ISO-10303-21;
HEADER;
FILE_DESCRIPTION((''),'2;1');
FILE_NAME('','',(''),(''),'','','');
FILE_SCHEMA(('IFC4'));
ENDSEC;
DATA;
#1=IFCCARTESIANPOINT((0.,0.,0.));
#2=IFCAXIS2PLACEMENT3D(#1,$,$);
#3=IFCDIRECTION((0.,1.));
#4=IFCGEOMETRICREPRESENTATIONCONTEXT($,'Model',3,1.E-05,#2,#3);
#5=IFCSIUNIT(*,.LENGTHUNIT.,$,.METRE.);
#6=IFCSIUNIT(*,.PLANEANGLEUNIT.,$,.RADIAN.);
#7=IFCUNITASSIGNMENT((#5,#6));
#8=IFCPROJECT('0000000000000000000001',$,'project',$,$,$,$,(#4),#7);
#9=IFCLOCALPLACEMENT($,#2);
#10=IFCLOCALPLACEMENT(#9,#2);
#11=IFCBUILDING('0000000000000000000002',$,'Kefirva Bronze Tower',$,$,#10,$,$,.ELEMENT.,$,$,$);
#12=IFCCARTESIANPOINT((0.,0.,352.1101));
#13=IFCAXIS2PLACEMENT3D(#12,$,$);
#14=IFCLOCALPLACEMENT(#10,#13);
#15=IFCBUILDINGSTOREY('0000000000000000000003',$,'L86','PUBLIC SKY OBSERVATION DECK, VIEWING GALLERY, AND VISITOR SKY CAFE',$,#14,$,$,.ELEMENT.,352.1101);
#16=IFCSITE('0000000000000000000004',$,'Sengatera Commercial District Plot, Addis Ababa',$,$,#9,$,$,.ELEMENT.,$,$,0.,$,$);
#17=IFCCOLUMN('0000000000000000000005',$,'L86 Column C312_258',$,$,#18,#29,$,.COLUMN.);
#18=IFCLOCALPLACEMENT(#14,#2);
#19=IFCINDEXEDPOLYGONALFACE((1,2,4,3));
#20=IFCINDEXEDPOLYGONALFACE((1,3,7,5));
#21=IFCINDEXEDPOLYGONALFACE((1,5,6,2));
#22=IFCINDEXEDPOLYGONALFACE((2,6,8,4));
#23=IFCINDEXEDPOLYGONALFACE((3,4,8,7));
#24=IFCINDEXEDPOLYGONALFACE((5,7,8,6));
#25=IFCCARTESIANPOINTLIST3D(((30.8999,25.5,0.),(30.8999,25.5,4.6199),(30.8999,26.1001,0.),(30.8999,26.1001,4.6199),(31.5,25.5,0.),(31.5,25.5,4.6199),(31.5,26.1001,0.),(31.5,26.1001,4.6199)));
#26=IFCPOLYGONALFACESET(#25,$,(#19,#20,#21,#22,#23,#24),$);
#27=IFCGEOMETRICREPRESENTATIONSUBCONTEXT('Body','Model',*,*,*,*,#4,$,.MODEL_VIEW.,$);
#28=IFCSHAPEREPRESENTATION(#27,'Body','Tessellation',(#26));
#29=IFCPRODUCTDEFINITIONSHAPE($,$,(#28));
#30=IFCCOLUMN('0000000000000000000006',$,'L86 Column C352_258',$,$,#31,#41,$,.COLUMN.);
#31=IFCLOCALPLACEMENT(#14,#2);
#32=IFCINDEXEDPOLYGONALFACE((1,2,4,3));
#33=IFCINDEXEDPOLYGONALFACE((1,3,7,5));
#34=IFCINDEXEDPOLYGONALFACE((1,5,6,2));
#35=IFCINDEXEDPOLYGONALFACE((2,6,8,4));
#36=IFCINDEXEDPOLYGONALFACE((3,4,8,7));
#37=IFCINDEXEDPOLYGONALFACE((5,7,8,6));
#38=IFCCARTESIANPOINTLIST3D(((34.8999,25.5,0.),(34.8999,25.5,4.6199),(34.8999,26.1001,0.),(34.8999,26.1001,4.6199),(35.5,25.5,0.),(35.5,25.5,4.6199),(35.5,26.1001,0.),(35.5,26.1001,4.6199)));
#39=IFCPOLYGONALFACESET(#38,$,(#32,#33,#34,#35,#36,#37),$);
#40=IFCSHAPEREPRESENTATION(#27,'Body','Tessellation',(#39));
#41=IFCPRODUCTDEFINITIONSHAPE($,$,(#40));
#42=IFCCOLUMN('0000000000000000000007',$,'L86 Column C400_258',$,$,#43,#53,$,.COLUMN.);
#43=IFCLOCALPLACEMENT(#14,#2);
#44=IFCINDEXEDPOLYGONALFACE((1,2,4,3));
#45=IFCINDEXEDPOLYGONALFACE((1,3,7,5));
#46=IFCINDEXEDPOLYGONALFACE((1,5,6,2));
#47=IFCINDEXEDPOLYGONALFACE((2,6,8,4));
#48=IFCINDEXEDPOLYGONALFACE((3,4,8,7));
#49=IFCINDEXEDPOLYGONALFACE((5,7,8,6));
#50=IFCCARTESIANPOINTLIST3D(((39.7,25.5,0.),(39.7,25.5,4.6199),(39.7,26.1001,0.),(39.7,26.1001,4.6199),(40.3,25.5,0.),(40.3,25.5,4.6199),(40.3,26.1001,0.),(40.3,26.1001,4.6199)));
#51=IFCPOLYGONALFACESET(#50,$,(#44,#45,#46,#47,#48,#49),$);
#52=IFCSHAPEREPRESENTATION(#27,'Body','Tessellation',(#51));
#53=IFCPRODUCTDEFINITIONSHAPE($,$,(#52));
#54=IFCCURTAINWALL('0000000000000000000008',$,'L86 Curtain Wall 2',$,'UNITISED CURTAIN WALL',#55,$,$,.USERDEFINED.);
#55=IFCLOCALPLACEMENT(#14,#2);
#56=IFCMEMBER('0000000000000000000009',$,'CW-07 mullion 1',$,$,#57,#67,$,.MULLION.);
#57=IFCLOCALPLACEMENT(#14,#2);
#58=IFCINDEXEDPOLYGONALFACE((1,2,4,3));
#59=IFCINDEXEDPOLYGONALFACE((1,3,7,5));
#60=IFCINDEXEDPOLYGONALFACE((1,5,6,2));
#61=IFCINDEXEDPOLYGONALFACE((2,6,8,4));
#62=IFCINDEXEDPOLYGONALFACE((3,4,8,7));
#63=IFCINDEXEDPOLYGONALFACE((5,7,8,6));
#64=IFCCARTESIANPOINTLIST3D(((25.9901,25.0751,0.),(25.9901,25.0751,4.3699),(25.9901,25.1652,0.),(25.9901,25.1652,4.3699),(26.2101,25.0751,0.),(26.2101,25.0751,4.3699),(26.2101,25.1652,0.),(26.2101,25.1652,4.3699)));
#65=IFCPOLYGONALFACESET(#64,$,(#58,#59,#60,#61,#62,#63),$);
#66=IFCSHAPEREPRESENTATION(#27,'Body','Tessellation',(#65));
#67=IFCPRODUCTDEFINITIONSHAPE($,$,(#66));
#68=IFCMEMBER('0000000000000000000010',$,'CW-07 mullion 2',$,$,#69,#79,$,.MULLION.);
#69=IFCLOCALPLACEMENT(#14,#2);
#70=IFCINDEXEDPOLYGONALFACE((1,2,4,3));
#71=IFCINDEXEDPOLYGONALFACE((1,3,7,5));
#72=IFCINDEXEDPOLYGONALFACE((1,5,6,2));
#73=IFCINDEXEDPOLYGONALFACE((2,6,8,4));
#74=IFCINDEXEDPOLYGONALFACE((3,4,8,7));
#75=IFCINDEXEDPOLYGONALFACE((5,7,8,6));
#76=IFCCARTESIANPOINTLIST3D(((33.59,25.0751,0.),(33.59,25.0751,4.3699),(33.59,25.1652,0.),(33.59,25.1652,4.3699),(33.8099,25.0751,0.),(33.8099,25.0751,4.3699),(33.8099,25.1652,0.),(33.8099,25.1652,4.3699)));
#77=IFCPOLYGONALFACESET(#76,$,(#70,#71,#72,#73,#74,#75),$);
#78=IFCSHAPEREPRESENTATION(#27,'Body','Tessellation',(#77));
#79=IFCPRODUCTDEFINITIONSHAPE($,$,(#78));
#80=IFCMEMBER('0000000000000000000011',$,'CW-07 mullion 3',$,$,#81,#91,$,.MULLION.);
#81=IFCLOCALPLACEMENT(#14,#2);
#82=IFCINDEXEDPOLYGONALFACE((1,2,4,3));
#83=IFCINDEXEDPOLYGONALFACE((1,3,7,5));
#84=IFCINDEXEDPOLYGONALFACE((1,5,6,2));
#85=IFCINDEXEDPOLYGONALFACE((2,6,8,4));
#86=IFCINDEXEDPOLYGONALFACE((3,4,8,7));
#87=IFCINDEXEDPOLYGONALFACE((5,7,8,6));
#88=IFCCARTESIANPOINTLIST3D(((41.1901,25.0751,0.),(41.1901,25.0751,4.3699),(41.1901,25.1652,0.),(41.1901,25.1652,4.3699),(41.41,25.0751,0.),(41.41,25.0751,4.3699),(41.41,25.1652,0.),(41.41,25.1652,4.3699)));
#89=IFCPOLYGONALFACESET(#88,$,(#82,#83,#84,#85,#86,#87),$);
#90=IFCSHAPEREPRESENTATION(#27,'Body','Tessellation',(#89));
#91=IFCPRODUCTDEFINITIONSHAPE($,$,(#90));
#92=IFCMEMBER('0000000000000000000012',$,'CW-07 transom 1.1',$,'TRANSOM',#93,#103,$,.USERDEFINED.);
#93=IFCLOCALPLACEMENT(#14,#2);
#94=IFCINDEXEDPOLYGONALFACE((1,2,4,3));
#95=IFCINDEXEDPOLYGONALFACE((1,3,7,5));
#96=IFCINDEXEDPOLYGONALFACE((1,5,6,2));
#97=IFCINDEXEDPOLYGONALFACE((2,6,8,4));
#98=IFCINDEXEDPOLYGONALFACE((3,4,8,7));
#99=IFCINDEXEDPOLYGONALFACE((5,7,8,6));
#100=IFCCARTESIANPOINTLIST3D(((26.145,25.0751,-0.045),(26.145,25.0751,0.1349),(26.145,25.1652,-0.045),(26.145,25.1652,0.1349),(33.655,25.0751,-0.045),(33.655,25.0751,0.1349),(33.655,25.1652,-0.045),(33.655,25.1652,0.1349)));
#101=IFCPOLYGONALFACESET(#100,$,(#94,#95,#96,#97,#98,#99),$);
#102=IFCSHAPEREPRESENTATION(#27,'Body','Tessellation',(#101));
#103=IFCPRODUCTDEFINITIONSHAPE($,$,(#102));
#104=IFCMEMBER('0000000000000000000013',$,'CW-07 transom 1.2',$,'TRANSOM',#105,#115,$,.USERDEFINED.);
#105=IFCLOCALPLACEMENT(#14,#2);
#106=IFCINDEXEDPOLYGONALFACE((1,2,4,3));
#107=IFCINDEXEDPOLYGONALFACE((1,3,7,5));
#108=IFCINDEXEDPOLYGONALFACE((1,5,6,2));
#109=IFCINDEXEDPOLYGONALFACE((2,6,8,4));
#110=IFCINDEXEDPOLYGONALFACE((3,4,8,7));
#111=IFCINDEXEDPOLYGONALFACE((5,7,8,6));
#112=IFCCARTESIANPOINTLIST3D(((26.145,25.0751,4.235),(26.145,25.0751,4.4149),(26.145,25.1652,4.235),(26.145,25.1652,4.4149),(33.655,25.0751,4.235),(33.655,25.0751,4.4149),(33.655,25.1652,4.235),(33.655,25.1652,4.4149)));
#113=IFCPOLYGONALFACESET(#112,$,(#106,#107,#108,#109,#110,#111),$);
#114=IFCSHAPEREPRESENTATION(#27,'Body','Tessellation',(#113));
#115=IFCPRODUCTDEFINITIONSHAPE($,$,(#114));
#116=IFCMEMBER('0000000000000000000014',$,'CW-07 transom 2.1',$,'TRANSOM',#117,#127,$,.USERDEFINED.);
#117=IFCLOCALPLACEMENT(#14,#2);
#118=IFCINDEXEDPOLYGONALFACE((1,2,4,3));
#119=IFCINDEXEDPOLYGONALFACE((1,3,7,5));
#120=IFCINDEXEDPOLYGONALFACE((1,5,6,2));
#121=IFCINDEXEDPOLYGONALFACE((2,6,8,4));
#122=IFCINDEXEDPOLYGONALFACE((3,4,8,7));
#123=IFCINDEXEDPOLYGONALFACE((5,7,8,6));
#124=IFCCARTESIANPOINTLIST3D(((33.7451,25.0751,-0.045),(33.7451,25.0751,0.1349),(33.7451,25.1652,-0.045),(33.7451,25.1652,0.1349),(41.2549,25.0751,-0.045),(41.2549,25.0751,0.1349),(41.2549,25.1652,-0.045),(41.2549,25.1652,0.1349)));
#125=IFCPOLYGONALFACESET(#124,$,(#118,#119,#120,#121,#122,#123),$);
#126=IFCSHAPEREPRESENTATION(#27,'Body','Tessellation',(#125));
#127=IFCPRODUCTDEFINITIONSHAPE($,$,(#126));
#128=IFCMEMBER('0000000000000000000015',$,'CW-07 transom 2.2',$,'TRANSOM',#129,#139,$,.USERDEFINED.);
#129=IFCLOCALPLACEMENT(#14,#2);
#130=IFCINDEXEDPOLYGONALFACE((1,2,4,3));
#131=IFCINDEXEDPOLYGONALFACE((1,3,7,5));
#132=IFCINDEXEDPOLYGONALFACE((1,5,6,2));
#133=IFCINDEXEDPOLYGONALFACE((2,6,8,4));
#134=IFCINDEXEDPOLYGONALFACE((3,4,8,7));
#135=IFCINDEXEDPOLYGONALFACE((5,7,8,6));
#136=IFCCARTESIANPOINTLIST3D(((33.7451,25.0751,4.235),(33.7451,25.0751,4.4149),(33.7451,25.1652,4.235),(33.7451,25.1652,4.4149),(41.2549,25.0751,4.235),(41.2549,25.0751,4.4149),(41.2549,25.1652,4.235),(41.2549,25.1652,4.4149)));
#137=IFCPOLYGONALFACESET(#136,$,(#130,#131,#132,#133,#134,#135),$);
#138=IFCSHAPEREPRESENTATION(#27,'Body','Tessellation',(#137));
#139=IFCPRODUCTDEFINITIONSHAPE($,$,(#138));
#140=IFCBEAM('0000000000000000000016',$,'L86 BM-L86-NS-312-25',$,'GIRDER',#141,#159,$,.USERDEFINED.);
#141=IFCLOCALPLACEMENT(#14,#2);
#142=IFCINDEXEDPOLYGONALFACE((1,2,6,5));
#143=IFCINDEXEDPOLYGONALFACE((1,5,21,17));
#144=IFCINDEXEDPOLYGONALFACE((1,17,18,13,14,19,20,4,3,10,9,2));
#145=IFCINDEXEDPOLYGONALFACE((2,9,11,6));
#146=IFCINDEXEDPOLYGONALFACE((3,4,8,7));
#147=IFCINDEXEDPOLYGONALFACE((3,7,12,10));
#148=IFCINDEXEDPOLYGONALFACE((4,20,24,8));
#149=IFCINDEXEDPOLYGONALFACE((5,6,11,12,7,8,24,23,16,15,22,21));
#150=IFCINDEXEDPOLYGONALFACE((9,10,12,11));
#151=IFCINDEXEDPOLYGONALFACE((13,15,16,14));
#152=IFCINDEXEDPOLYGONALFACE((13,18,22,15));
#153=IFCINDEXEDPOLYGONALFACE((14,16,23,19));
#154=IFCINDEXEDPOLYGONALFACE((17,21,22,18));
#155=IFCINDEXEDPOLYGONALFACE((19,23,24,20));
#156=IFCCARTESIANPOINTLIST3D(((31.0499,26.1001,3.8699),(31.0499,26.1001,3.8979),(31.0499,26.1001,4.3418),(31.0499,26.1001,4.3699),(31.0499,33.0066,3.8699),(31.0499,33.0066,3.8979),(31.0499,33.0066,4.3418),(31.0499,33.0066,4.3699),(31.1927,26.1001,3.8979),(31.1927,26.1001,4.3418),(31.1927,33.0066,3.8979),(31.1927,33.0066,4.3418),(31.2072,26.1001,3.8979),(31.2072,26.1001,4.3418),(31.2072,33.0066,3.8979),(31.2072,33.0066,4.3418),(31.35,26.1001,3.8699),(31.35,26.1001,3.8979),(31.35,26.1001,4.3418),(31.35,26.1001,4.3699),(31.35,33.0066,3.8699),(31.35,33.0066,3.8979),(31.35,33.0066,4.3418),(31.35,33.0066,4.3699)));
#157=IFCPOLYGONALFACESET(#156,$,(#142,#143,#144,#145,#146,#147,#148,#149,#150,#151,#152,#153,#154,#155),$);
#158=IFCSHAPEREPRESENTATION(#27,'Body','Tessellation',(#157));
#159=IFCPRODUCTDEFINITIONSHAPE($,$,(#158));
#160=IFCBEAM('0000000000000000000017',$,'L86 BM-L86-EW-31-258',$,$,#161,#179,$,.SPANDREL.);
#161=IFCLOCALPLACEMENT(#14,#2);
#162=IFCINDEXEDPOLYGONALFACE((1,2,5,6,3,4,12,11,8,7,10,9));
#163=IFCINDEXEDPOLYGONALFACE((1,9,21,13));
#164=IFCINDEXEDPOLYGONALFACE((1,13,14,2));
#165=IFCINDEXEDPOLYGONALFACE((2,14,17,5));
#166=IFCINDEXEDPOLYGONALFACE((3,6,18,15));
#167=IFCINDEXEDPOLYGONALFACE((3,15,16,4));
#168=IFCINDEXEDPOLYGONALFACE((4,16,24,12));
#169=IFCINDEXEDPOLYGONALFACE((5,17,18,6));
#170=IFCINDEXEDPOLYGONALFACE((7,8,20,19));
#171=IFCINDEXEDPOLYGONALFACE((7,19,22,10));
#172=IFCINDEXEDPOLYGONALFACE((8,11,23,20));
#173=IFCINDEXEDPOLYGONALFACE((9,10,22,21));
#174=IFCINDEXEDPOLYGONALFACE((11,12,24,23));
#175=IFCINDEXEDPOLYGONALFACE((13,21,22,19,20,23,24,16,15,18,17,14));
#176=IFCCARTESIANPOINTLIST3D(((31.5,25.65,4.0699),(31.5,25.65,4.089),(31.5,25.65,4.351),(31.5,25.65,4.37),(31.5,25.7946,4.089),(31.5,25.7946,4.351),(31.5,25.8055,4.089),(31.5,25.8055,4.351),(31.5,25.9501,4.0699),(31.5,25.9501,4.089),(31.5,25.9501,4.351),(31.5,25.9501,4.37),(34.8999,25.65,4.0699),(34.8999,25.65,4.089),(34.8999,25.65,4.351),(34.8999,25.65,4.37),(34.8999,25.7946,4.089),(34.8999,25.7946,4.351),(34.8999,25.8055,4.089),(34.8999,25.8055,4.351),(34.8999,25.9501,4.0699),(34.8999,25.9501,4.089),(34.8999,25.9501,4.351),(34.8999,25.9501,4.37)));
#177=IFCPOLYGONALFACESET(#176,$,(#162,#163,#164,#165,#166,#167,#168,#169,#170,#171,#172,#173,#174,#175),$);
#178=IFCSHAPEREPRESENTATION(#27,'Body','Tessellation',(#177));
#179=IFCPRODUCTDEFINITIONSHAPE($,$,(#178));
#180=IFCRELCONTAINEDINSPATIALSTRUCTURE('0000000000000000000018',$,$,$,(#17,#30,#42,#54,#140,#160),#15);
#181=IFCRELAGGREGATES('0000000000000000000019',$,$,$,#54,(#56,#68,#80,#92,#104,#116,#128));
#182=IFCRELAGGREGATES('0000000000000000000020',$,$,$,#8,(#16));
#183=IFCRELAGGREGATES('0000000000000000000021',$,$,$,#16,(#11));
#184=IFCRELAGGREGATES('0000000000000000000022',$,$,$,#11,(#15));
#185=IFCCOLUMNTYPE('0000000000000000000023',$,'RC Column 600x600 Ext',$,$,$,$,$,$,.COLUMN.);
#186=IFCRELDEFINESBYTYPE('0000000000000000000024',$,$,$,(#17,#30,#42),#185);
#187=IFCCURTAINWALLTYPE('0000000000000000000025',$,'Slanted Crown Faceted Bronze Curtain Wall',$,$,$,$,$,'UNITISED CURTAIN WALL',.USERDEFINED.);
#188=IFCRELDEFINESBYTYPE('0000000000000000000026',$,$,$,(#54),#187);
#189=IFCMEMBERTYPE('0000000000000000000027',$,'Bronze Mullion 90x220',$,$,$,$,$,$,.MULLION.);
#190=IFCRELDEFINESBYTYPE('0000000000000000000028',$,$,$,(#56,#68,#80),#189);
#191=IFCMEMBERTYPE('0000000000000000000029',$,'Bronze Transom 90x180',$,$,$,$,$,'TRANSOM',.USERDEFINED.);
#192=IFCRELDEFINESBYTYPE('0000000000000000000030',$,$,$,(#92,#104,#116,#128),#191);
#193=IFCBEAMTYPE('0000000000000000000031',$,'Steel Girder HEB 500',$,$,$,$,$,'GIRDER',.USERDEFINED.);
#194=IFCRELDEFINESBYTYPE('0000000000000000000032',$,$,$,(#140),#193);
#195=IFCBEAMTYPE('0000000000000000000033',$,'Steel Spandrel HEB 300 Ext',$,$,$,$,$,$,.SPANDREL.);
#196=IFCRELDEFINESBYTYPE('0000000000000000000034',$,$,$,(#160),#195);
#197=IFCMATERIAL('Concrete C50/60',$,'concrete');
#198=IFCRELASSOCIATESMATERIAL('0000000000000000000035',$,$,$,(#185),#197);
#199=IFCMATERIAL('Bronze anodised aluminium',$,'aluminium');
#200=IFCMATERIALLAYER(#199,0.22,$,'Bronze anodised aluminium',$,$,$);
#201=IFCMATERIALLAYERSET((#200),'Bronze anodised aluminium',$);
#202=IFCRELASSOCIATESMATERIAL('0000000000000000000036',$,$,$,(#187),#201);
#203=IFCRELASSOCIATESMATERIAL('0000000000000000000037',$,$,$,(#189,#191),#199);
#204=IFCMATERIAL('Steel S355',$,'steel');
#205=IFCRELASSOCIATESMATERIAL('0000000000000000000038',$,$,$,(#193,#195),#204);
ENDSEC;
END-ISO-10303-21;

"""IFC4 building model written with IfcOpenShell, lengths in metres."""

from ifc_helpers import new_model, si_unit, direction, frame, origin, origin_2d, place, context, subcontext, project, spatial, rectangle, i_section, extrude, material, layer, layer_set, material_profile, profile_set, type_object, element, aggregate, save


model = new_model("IFC4")

# Units and contexts
model_context = context("Model", 3, precision=1e-05, world=origin(), true_north=direction((0.0, 1.0)))
body_context = subcontext(model_context, "Body", "Model", "MODEL_VIEW")
ifc_project = project(units=[si_unit("LENGTHUNIT", "METRE"), si_unit("PLANEANGLEUNIT", "RADIAN")], contexts=[model_context])

# Site, building, storey
site_placement = place(None, origin())
site = spatial("IfcSite", under=ifc_project, at=site_placement, Name="Sengatera Commercial District Plot, Addis Ababa", CompositionType="ELEMENT", RefElevation=0.0)
building_placement = place(site_placement, origin())
building = spatial("IfcBuilding", under=site, at=building_placement, Name="Kefirva Bronze Tower", CompositionType="ELEMENT")
storey_placement = place(building_placement, frame((0.0, 0.0, 352.1101)))
storey = spatial("IfcBuildingStorey", under=building, at=storey_placement, Name="L86", Description="PUBLIC SKY OBSERVATION DECK, VIEWING GALLERY, AND VISITOR SKY CAFE", CompositionType="ELEMENT", Elevation=352.1101)

# Columns
ifc_material_1 = material(Name="Concrete C50/60", Category="concrete")
ifc_material_profile_1 = material_profile(ifc_material_1, rectangle(XDim=0.6001, YDim=0.6001, at=origin_2d()), Name="RC 600x600")
ifc_profile_set_1 = profile_set([ifc_material_profile_1], Name="Concrete C50/60")
column_type = type_object("IfcColumnType", Name="RC Column 600x600 Ext", PredefinedType="COLUMN", material=ifc_profile_set_1)
for number, where, z_axis, x_axis, name in (
    (1, (31.2, 25.8, 0.0), (0.0, 0.0, 1.0), (1.0, 0.0, 0.0), "L86 Column C312_258"),
    (2, (35.2, 25.8, 0.0), (0.0, 0.0, 1.0), (1.0, 0.0, 0.0), "L86 Column C352_258"),
    (3, (40.0, 25.8, 0.0), (0.0, 0.0, 1.0), (1.0, 0.0, 0.0), "L86 Column C400_258"),
):
    element("IfcColumn", number, at=place(storey_placement, frame(where, z_axis=z_axis, x_axis=x_axis)), inside=storey, type_object=column_type, Name=name, PredefinedType="COLUMN", context=body_context, shape_type="SweptSolid", body=[
        extrude(rectangle(XDim=0.6001, YDim=0.6001, at=origin_2d()), origin(), (0.0, 0.0, 1.0), 4.6199),
    ])

# Curtain wall, members
ifc_material_2 = material(Name="Bronze anodised aluminium", Category="aluminium")
ifc_layer_1 = layer(ifc_material_2, 0.22, Name="Bronze anodised aluminium")
ifc_layer_set_1 = layer_set([ifc_layer_1], Name="Bronze anodised aluminium")
curtain_wall_type = type_object("IfcCurtainWallType", Name="Slanted Crown Faceted Bronze Curtain Wall", ElementType="UNITISED CURTAIN WALL", PredefinedType="USERDEFINED", material=ifc_layer_set_1)
curtain_wall_placement = place(storey_placement, origin())
curtain_wall = element("IfcCurtainWall", 4, at=curtain_wall_placement, inside=storey, type_object=curtain_wall_type, Name="L86 Curtain Wall 2", ObjectType="UNITISED CURTAIN WALL", PredefinedType="USERDEFINED")
ifc_material_profile_2 = material_profile(ifc_material_2, rectangle(XDim=0.0901, YDim=0.22, at=origin_2d()), Name="ALU 90x220")
ifc_profile_set_2 = profile_set([ifc_material_profile_2], Name="Bronze anodised aluminium")
member_type_1 = type_object("IfcMemberType", Name="Bronze Mullion 90x220", PredefinedType="MULLION", material=ifc_profile_set_2)
member_1_placement = place(storey_placement, frame((26.1001, 25.1201, 0.0), z_axis=(0.0, 0.0, 1.0), x_axis=(0.0, 1.0, 0.0)))
member_1 = element("IfcMember", 5, at=member_1_placement, type_object=member_type_1, Name="CW-07 mullion 1", PredefinedType="MULLION", context=body_context, shape_type="SweptSolid", body=[
    extrude(rectangle(XDim=0.0901, YDim=0.22, at=origin_2d()), origin(), (0.0, 0.0, 1.0), 4.3699),
])
member_2_placement = place(storey_placement, frame((33.7, 25.1201, 0.0), z_axis=(0.0, 0.0, 1.0), x_axis=(0.0, 1.0, 0.0)))
member_2 = element("IfcMember", 6, at=member_2_placement, type_object=member_type_1, Name="CW-07 mullion 2", PredefinedType="MULLION", context=body_context, shape_type="SweptSolid", body=[
    extrude(rectangle(XDim=0.0901, YDim=0.22, at=origin_2d()), origin(), (0.0, 0.0, 1.0), 4.3699),
])
member_3_placement = place(storey_placement, frame((41.3, 25.1201, 0.0), z_axis=(0.0, 0.0, 1.0), x_axis=(0.0, 1.0, 0.0)))
member_3 = element("IfcMember", 7, at=member_3_placement, type_object=member_type_1, Name="CW-07 mullion 3", PredefinedType="MULLION", context=body_context, shape_type="SweptSolid", body=[
    extrude(rectangle(XDim=0.0901, YDim=0.22, at=origin_2d()), origin(), (0.0, 0.0, 1.0), 4.3699),
])
ifc_material_profile_3 = material_profile(ifc_material_2, rectangle(XDim=0.0901, YDim=0.1799, at=origin_2d()), Name="ALU 90x180")
ifc_profile_set_3 = profile_set([ifc_material_profile_3], Name="Bronze anodised aluminium")
member_type_2 = type_object("IfcMemberType", Name="Bronze Transom 90x180", ElementType="TRANSOM", PredefinedType="USERDEFINED", material=ifc_profile_set_3)
member_4_placement = place(storey_placement, frame((26.145, 25.1201, 0.0449), z_axis=(1.0, 0.0, 0.0), x_axis=(0.0, 1.0, 0.0)))
member_4 = element("IfcMember", 8, at=member_4_placement, type_object=member_type_2, Name="CW-07 transom 1.1", ObjectType="TRANSOM", PredefinedType="USERDEFINED", context=body_context, shape_type="SweptSolid", body=[
    extrude(rectangle(XDim=0.0901, YDim=0.1799, at=origin_2d()), origin(), (0.0, 0.0, 1.0), 7.51),
])
member_5_placement = place(storey_placement, frame((26.145, 25.1201, 4.325), z_axis=(1.0, 0.0, 0.0), x_axis=(0.0, 1.0, 0.0)))
member_5 = element("IfcMember", 9, at=member_5_placement, type_object=member_type_2, Name="CW-07 transom 1.2", ObjectType="TRANSOM", PredefinedType="USERDEFINED", context=body_context, shape_type="SweptSolid", body=[
    extrude(rectangle(XDim=0.0901, YDim=0.1799, at=origin_2d()), origin(), (0.0, 0.0, 1.0), 7.51),
])
member_6_placement = place(storey_placement, frame((33.7451, 25.1201, 0.0449), z_axis=(1.0, 0.0, 0.0), x_axis=(0.0, 1.0, 0.0)))
member_6 = element("IfcMember", 10, at=member_6_placement, type_object=member_type_2, Name="CW-07 transom 2.1", ObjectType="TRANSOM", PredefinedType="USERDEFINED", context=body_context, shape_type="SweptSolid", body=[
    extrude(rectangle(XDim=0.0901, YDim=0.1799, at=origin_2d()), origin(), (0.0, 0.0, 1.0), 7.5098),
])
member_7_placement = place(storey_placement, frame((33.7451, 25.1201, 4.325), z_axis=(1.0, 0.0, 0.0), x_axis=(0.0, 1.0, 0.0)))
member_7 = element("IfcMember", 11, at=member_7_placement, type_object=member_type_2, Name="CW-07 transom 2.2", ObjectType="TRANSOM", PredefinedType="USERDEFINED", context=body_context, shape_type="SweptSolid", body=[
    extrude(rectangle(XDim=0.0901, YDim=0.1799, at=origin_2d()), origin(), (0.0, 0.0, 1.0), 7.5098),
])

# Beams
ifc_material_3 = material(Name="Steel S355", Category="steel")
ifc_material_profile_4 = material_profile(ifc_material_3, i_section(OverallWidth=0.3, OverallDepth=0.5, WebThickness=0.0144, FlangeThickness=0.0281, at=origin_2d()), Name="HEB 500")
ifc_profile_set_4 = profile_set([ifc_material_profile_4], Name="Steel S355")
beam_type_1 = type_object("IfcBeamType", Name="Steel Girder HEB 500", ElementType="GIRDER", PredefinedType="USERDEFINED", material=ifc_profile_set_4)
beam_1_placement = place(storey_placement, frame((31.2, 26.1001, 4.1199), z_axis=(0.0, 1.0, 0.0), x_axis=(-1.0, 0.0, 0.0)))
element("IfcBeam", 12, at=beam_1_placement, inside=storey, type_object=beam_type_1, Name="L86 BM-L86-NS-312-25", ObjectType="GIRDER", PredefinedType="USERDEFINED", context=body_context, shape_type="SweptSolid", body=[
    extrude(i_section(OverallWidth=0.3, OverallDepth=0.5, WebThickness=0.0144, FlangeThickness=0.0281, at=origin_2d()), origin(), (0.0, 0.0, 1.0), 6.9065),
])
ifc_material_profile_5 = material_profile(ifc_material_3, i_section(OverallWidth=0.3, OverallDepth=0.3, WebThickness=0.011, FlangeThickness=0.019, at=origin_2d()), Name="HEB 300")
ifc_profile_set_5 = profile_set([ifc_material_profile_5], Name="Steel S355")
beam_type_2 = type_object("IfcBeamType", Name="Steel Spandrel HEB 300 Ext", PredefinedType="SPANDREL", material=ifc_profile_set_5)
beam_2_placement = place(storey_placement, frame((31.5, 25.8, 4.22), z_axis=(1.0, 0.0, 0.0), x_axis=(0.0, 1.0, 0.0)))
element("IfcBeam", 13, at=beam_2_placement, inside=storey, type_object=beam_type_2, Name="L86 BM-L86-EW-31-258", PredefinedType="SPANDREL", context=body_context, shape_type="SweptSolid", body=[
    extrude(i_section(OverallWidth=0.3, OverallDepth=0.3, WebThickness=0.011, FlangeThickness=0.019, at=origin_2d()), origin(), (0.0, 0.0, 1.0), 3.3999),
])

aggregate(curtain_wall, [member_1, member_2, member_3, member_4, member_5, member_6, member_7])

save(model, "model.ifc")
